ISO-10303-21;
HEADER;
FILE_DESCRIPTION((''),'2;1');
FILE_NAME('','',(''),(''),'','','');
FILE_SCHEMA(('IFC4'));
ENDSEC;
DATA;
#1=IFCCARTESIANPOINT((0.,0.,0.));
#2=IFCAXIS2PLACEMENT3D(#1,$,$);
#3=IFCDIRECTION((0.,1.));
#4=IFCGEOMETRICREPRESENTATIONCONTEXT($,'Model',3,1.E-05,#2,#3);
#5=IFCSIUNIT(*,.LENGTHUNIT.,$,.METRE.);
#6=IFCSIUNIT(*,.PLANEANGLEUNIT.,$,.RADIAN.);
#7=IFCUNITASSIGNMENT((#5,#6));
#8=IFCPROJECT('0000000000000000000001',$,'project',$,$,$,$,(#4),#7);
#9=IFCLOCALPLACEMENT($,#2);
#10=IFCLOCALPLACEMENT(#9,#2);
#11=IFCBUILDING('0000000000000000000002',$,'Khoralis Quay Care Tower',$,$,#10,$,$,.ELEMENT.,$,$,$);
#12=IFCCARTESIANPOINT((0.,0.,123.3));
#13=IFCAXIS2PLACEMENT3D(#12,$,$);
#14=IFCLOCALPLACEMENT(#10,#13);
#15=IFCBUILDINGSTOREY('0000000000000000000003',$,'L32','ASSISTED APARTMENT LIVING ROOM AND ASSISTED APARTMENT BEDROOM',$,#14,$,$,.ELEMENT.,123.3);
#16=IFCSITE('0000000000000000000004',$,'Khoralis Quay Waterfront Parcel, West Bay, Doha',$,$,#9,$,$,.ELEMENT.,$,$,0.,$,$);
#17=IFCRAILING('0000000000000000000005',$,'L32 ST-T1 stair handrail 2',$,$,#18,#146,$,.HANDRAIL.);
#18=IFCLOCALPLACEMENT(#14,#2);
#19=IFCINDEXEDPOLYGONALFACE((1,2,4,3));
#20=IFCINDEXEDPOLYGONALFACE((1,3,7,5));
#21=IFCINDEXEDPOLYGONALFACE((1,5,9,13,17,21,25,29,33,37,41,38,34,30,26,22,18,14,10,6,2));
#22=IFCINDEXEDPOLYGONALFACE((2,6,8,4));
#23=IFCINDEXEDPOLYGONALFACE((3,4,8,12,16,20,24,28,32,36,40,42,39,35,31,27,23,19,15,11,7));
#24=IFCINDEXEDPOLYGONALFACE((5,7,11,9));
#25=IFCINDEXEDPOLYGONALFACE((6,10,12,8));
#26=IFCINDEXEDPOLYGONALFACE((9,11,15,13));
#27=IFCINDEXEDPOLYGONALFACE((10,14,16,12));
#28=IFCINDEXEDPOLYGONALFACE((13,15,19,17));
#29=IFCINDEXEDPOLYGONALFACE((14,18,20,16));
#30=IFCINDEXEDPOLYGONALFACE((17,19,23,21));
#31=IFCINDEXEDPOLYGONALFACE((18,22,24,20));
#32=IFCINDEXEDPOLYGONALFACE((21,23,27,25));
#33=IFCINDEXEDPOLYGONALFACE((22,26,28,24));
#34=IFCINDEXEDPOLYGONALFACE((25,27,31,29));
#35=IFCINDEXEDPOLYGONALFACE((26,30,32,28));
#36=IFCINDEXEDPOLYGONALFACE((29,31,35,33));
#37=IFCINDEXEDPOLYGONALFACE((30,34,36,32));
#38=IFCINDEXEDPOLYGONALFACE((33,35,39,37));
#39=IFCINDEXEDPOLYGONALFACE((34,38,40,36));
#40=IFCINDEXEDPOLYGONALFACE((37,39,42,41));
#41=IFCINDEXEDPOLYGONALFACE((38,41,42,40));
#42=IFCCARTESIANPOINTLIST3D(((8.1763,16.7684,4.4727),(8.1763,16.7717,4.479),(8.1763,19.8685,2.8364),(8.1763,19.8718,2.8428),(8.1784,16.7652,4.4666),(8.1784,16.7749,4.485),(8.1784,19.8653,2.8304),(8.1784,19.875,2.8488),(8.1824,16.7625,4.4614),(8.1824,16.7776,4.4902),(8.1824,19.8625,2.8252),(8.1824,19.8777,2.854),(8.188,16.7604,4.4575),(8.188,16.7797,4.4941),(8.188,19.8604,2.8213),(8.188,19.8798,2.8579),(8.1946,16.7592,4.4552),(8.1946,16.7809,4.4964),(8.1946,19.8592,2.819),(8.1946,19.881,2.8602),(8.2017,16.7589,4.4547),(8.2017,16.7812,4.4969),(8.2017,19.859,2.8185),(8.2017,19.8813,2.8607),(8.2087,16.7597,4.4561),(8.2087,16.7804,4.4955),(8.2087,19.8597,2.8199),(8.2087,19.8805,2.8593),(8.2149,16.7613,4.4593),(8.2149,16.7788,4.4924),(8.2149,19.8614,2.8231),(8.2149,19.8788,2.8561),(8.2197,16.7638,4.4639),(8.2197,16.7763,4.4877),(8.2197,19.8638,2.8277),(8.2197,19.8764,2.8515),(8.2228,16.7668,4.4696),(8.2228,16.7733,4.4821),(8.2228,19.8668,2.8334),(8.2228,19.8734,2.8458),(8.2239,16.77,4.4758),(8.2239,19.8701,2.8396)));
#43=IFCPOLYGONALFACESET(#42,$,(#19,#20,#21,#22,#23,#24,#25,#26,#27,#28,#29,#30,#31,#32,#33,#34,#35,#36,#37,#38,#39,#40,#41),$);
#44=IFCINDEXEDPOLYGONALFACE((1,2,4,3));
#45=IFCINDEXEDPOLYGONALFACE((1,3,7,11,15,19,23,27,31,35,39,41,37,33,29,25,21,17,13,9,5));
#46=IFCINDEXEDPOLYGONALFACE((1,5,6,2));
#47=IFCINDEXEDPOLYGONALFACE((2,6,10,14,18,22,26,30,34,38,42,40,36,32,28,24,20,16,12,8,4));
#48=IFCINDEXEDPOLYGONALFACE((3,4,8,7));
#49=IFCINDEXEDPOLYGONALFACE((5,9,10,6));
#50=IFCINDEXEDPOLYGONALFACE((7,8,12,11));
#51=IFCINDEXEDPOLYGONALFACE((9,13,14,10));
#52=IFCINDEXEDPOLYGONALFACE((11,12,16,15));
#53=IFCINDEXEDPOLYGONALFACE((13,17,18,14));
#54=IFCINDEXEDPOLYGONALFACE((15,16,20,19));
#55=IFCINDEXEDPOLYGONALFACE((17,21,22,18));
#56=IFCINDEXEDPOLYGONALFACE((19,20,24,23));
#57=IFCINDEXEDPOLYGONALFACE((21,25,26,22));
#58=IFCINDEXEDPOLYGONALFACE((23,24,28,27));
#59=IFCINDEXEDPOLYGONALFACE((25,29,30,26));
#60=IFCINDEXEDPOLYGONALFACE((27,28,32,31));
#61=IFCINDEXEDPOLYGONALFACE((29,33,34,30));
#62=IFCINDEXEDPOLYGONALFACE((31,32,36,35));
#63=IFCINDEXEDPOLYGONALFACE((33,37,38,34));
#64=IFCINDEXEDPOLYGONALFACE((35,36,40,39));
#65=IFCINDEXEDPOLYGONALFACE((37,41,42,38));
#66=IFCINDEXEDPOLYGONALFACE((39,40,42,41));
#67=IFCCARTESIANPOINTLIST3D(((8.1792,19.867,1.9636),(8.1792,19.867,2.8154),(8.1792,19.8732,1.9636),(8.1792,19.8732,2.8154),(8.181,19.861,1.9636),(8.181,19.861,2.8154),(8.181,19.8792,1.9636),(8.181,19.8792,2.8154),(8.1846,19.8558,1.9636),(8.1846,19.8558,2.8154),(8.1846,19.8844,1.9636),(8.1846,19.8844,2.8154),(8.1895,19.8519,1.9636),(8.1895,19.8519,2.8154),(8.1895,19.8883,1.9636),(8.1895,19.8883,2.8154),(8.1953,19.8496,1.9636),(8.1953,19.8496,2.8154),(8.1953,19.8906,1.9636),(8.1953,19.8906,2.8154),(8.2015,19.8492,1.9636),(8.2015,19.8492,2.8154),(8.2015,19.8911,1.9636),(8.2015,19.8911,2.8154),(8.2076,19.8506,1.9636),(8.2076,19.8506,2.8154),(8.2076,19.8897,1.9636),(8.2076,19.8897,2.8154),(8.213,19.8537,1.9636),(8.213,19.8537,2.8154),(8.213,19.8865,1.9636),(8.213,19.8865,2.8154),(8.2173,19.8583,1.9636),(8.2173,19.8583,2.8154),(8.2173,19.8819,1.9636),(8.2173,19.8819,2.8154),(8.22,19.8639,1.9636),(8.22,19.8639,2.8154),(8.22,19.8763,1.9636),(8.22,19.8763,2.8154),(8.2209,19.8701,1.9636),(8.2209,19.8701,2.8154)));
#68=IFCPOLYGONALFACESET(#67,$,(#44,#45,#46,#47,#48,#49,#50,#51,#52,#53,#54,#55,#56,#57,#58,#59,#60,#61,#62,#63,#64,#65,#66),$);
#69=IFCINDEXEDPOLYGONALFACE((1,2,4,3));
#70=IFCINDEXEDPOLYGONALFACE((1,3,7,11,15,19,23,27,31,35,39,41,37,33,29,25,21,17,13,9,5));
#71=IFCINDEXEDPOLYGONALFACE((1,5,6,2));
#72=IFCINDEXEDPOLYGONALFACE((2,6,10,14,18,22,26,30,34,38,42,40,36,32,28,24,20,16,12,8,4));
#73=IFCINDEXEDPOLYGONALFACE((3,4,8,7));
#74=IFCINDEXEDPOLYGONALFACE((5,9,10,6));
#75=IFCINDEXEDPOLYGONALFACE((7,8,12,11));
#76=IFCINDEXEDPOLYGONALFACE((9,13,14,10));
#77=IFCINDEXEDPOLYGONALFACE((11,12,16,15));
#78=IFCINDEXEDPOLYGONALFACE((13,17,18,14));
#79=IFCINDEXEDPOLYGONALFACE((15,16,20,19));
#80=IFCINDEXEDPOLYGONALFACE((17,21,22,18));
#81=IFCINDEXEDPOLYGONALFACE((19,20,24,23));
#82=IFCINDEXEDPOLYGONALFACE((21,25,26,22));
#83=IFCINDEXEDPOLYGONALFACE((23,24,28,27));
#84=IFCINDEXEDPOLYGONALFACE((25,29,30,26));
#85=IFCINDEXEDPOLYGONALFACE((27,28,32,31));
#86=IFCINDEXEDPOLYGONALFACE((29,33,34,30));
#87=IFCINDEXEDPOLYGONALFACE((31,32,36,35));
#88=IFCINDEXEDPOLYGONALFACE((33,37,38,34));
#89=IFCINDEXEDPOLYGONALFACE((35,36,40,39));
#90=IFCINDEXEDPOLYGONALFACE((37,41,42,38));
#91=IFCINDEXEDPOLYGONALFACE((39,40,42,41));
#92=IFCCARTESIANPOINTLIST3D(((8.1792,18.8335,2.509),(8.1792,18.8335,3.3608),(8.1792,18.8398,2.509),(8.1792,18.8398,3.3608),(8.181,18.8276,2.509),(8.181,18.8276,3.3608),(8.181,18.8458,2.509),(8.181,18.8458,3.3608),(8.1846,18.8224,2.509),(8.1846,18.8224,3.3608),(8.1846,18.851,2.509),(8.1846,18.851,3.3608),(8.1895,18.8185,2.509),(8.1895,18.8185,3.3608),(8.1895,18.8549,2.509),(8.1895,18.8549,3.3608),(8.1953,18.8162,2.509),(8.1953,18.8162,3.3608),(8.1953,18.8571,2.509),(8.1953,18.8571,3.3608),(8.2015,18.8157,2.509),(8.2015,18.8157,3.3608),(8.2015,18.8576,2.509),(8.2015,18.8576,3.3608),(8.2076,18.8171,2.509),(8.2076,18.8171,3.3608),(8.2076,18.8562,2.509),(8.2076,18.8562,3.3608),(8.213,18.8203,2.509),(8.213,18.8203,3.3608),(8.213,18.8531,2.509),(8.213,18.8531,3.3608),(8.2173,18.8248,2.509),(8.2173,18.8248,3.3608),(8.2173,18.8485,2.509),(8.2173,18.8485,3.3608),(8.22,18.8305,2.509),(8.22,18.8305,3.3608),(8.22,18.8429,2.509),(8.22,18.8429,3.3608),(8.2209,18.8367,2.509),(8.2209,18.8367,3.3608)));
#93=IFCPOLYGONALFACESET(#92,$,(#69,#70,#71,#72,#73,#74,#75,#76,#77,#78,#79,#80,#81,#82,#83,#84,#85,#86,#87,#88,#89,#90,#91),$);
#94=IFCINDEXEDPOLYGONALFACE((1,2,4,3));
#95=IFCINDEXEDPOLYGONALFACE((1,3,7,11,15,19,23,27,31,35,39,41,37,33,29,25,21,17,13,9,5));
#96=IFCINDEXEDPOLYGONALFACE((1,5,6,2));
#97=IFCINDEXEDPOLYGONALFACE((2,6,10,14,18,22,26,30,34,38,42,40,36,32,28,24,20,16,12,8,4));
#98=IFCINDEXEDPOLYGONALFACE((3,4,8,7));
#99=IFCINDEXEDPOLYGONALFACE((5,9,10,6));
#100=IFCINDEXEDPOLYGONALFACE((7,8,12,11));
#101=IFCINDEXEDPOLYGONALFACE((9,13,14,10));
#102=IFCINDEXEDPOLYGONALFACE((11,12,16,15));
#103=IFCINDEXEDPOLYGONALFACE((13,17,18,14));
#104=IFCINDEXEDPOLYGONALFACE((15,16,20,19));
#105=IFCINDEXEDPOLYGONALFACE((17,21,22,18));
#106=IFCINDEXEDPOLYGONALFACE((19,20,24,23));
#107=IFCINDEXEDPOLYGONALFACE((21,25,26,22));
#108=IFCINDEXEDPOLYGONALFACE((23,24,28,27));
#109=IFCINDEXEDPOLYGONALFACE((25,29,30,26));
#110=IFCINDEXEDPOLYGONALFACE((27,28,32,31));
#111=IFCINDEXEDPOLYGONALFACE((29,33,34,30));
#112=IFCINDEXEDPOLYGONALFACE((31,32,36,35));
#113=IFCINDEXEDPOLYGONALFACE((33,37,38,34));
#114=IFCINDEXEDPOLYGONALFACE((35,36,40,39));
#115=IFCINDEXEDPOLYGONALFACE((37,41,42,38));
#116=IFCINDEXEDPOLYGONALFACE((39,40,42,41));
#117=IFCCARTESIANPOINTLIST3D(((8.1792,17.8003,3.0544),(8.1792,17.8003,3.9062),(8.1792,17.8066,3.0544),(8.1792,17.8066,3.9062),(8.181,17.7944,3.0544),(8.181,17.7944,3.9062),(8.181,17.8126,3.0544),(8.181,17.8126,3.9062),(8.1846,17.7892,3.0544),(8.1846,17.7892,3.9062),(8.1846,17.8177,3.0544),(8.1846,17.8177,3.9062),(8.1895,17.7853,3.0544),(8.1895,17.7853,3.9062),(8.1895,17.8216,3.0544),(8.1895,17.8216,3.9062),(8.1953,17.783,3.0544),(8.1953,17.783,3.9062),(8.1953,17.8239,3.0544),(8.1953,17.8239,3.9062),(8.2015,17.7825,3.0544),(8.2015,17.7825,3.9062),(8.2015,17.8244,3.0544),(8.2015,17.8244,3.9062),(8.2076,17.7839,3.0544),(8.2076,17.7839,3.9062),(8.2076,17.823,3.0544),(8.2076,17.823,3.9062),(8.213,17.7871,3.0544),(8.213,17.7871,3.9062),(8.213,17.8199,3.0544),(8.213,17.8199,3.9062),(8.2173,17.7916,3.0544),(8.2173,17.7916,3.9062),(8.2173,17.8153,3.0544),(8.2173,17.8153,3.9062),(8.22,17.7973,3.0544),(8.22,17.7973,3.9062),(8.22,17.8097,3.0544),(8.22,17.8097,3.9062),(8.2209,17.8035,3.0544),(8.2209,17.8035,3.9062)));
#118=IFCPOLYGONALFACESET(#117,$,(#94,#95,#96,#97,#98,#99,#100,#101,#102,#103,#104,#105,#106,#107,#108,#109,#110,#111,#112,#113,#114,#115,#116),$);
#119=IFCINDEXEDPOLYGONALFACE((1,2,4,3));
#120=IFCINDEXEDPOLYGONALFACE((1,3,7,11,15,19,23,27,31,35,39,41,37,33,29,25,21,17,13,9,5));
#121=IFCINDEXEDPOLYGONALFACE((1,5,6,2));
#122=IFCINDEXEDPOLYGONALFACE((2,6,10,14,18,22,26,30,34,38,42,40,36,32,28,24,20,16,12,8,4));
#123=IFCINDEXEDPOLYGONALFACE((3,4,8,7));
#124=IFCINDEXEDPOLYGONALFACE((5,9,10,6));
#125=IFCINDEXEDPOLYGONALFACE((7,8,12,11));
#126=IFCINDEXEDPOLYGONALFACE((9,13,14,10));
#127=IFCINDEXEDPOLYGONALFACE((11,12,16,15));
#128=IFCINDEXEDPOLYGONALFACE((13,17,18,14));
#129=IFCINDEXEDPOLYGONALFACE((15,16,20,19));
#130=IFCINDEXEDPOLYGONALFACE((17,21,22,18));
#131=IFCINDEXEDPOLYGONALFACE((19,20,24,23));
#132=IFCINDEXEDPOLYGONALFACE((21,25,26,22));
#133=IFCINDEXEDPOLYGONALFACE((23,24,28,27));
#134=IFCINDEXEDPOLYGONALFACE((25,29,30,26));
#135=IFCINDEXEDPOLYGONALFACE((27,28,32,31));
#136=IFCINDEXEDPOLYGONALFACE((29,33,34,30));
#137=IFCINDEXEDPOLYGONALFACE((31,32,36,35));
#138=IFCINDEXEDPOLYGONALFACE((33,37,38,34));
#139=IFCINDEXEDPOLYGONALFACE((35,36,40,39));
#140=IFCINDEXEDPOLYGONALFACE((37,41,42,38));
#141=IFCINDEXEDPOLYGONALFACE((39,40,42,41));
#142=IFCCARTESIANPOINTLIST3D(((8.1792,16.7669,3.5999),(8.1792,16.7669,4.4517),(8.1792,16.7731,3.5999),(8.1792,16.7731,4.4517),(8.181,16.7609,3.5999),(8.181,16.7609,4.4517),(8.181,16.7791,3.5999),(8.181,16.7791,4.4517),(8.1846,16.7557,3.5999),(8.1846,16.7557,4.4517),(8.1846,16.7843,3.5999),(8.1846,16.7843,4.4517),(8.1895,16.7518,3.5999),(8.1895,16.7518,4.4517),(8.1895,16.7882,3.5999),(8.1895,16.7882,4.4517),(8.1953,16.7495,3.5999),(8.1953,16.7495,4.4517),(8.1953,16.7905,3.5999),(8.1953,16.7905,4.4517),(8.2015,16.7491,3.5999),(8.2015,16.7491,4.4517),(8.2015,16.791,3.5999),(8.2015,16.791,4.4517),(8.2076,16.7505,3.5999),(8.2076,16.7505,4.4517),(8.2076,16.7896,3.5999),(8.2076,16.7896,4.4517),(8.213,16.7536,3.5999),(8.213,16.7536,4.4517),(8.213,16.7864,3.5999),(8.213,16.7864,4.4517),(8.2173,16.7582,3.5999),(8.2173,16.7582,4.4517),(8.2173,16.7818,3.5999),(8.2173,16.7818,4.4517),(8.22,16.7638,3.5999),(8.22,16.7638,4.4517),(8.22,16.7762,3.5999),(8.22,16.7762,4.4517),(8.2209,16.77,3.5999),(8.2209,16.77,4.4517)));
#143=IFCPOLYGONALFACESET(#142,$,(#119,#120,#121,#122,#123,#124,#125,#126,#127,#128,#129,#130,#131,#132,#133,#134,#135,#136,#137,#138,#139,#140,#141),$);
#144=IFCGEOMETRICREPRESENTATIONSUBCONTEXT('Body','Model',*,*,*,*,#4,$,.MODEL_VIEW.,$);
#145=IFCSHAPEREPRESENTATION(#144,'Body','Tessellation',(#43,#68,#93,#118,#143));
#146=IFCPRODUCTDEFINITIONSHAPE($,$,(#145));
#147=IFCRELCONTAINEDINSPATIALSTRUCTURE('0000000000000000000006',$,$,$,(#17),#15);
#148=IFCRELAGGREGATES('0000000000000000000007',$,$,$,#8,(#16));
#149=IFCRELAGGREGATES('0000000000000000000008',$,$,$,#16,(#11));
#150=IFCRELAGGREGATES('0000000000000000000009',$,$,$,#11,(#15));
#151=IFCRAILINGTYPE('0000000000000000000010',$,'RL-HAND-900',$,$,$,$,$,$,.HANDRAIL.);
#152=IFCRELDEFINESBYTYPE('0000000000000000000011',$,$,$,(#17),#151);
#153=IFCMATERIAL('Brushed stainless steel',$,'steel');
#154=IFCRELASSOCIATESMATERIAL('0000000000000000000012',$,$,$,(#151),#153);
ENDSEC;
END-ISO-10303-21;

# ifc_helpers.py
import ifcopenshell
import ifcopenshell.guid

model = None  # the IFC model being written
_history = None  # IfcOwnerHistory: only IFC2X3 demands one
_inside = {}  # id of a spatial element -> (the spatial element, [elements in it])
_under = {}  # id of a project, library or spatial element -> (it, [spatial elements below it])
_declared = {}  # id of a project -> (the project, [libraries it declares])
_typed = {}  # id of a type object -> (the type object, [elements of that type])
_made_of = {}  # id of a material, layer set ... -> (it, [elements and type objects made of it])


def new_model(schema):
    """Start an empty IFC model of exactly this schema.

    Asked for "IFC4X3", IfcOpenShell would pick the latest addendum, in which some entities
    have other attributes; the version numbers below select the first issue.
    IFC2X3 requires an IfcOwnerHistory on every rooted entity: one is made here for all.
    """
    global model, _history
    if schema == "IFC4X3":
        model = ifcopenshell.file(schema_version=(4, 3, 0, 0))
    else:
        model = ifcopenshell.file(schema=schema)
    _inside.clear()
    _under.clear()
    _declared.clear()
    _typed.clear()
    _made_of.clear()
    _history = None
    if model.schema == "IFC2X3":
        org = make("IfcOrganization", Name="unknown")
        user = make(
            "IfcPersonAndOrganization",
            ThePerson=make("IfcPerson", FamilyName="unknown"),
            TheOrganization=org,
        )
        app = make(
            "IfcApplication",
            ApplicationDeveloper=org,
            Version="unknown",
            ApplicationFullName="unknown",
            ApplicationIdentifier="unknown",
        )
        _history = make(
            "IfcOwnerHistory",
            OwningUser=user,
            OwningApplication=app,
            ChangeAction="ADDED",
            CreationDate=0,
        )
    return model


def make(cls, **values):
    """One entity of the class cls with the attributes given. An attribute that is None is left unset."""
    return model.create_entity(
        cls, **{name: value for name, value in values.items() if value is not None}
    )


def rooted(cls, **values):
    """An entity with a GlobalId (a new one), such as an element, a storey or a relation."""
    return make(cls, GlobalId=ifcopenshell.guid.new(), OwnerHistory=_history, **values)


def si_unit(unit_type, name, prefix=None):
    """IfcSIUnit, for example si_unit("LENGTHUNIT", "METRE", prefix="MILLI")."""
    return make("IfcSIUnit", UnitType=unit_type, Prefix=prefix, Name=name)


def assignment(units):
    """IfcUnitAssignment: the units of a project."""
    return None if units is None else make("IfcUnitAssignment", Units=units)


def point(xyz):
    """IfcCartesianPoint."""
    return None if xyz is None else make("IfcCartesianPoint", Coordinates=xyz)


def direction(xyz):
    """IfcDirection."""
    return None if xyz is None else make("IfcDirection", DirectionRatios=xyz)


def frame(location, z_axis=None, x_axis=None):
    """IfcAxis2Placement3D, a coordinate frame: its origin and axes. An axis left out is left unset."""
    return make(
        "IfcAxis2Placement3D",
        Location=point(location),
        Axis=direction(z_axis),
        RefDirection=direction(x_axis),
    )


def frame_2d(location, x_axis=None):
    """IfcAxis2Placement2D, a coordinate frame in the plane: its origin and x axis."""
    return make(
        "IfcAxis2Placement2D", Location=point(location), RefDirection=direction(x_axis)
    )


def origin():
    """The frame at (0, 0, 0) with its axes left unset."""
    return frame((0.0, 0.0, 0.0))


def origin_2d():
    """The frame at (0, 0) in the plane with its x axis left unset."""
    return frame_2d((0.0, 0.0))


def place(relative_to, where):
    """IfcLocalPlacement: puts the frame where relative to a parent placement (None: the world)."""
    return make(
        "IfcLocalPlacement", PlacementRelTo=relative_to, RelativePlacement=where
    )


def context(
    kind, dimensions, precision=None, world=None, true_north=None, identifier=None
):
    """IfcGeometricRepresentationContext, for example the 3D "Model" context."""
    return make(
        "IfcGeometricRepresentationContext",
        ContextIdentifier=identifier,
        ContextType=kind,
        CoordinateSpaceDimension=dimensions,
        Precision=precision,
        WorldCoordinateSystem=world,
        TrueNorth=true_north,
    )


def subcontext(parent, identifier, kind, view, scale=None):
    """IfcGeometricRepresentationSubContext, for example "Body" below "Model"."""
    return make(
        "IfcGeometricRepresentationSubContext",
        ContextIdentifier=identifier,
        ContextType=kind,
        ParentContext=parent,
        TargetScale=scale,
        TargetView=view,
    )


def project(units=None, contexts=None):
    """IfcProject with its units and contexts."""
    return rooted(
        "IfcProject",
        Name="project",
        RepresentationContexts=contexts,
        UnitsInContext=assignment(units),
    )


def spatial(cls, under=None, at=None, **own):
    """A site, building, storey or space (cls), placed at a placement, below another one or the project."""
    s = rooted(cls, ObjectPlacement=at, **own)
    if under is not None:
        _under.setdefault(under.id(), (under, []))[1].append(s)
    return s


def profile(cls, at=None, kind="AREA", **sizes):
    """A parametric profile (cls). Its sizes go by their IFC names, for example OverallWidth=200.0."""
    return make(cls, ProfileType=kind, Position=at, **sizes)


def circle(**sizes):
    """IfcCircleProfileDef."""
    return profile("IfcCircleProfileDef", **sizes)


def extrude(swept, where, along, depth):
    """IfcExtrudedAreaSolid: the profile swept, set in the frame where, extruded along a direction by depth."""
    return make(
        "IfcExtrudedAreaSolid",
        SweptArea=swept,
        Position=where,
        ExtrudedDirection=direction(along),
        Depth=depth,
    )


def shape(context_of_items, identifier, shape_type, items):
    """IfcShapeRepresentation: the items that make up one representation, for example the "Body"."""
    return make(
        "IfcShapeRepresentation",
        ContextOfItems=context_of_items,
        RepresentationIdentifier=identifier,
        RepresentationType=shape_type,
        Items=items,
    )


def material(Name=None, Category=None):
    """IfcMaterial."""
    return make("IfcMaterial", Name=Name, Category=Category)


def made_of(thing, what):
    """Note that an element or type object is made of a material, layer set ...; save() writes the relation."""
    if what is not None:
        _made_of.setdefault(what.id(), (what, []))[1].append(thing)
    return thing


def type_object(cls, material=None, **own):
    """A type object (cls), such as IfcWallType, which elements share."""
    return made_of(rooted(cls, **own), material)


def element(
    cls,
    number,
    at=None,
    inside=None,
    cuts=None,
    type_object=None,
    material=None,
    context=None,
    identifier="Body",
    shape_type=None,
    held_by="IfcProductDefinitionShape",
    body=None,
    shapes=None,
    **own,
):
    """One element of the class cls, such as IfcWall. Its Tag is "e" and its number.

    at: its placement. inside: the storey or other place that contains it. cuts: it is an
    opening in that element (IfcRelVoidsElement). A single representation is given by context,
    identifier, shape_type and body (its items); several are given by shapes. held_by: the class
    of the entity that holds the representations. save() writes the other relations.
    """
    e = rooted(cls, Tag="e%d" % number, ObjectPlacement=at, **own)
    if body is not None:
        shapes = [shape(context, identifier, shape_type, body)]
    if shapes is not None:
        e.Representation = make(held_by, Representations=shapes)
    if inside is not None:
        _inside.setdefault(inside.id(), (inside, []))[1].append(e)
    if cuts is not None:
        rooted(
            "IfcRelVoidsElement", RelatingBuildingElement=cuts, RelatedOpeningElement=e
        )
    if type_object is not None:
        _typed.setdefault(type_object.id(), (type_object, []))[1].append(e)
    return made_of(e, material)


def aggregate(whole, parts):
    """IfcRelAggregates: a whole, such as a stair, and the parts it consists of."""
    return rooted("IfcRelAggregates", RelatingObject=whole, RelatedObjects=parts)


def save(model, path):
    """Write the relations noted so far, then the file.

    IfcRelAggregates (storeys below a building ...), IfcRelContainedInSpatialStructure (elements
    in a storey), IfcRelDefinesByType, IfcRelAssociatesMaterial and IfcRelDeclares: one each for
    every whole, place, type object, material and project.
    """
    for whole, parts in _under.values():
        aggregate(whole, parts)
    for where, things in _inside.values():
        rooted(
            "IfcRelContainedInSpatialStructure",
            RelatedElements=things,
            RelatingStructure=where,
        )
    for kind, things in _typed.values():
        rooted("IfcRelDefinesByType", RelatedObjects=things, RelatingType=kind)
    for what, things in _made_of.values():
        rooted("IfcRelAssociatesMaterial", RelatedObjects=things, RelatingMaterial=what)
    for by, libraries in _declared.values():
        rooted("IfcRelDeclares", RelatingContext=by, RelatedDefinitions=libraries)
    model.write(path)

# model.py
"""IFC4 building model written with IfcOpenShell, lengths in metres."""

from ifc_helpers import new_model, si_unit, direction, frame, origin, origin_2d, place, context, subcontext, project, spatial, circle, extrude, material, type_object, element, save


model = new_model("IFC4")

# Units and contexts
model_context = context("Model", 3, precision=1e-05, world=origin(), true_north=direction((0.0, 1.0)))
body_context = subcontext(model_context, "Body", "Model", "MODEL_VIEW")
ifc_project = project(units=[si_unit("LENGTHUNIT", "METRE"), si_unit("PLANEANGLEUNIT", "RADIAN")], contexts=[model_context])

# Site, building, storey
site_placement = place(None, origin())
site = spatial("IfcSite", under=ifc_project, at=site_placement, Name="Khoralis Quay Waterfront Parcel, West Bay, Doha", CompositionType="ELEMENT", RefElevation=0.0)
building_placement = place(site_placement, origin())
building = spatial("IfcBuilding", under=site, at=building_placement, Name="Khoralis Quay Care Tower", CompositionType="ELEMENT")
storey_placement = place(building_placement, frame((0.0, 0.0, 123.3)))
storey = spatial("IfcBuildingStorey", under=building, at=storey_placement, Name="L32", Description="ASSISTED APARTMENT LIVING ROOM AND ASSISTED APARTMENT BEDROOM", CompositionType="ELEMENT", Elevation=123.3)

# Shared definitions
ifc_material_1 = material(Name="Brushed stainless steel", Category="steel")

# Railing
railing_type_1 = type_object("IfcRailingType", Name="RL-HAND-900", PredefinedType="HANDRAIL", material=ifc_material_1)
railing_1_placement = place(storey_placement, frame((8.2, 19.8701, 1.9636)))
element("IfcRailing", 1, at=railing_1_placement, inside=storey, type_object=railing_type_1, Name="L32 ST-T1 stair handrail 2", PredefinedType="HANDRAIL", context=body_context, shape_type="SweptSolid", body=[
    extrude(circle(Radius=0.0239, at=origin_2d()), frame((0.0, 0.0, 0.876), z_axis=(0.0, -0.884377, 0.466774), x_axis=(1.0, 0.0, 0.0)), (0.0, 0.0, 1.0), 3.5054),
    extrude(circle(Radius=0.021, at=origin_2d()), origin(), (0.0, 0.0, 1.0), 0.8518),
    extrude(circle(Radius=0.021, at=origin_2d()), frame((0.0, -1.0334, 0.5454)), (0.0, 0.0, 1.0), 0.8518),
    extrude(circle(Radius=0.021, at=origin_2d()), frame((0.0, -2.0667, 1.0908)), (0.0, 0.0, 1.0), 0.8518),
    extrude(circle(Radius=0.021, at=origin_2d()), frame((0.0, -3.1001, 1.6362)), (0.0, 0.0, 1.0), 0.8518),
])

save(model, "model.ifc")
